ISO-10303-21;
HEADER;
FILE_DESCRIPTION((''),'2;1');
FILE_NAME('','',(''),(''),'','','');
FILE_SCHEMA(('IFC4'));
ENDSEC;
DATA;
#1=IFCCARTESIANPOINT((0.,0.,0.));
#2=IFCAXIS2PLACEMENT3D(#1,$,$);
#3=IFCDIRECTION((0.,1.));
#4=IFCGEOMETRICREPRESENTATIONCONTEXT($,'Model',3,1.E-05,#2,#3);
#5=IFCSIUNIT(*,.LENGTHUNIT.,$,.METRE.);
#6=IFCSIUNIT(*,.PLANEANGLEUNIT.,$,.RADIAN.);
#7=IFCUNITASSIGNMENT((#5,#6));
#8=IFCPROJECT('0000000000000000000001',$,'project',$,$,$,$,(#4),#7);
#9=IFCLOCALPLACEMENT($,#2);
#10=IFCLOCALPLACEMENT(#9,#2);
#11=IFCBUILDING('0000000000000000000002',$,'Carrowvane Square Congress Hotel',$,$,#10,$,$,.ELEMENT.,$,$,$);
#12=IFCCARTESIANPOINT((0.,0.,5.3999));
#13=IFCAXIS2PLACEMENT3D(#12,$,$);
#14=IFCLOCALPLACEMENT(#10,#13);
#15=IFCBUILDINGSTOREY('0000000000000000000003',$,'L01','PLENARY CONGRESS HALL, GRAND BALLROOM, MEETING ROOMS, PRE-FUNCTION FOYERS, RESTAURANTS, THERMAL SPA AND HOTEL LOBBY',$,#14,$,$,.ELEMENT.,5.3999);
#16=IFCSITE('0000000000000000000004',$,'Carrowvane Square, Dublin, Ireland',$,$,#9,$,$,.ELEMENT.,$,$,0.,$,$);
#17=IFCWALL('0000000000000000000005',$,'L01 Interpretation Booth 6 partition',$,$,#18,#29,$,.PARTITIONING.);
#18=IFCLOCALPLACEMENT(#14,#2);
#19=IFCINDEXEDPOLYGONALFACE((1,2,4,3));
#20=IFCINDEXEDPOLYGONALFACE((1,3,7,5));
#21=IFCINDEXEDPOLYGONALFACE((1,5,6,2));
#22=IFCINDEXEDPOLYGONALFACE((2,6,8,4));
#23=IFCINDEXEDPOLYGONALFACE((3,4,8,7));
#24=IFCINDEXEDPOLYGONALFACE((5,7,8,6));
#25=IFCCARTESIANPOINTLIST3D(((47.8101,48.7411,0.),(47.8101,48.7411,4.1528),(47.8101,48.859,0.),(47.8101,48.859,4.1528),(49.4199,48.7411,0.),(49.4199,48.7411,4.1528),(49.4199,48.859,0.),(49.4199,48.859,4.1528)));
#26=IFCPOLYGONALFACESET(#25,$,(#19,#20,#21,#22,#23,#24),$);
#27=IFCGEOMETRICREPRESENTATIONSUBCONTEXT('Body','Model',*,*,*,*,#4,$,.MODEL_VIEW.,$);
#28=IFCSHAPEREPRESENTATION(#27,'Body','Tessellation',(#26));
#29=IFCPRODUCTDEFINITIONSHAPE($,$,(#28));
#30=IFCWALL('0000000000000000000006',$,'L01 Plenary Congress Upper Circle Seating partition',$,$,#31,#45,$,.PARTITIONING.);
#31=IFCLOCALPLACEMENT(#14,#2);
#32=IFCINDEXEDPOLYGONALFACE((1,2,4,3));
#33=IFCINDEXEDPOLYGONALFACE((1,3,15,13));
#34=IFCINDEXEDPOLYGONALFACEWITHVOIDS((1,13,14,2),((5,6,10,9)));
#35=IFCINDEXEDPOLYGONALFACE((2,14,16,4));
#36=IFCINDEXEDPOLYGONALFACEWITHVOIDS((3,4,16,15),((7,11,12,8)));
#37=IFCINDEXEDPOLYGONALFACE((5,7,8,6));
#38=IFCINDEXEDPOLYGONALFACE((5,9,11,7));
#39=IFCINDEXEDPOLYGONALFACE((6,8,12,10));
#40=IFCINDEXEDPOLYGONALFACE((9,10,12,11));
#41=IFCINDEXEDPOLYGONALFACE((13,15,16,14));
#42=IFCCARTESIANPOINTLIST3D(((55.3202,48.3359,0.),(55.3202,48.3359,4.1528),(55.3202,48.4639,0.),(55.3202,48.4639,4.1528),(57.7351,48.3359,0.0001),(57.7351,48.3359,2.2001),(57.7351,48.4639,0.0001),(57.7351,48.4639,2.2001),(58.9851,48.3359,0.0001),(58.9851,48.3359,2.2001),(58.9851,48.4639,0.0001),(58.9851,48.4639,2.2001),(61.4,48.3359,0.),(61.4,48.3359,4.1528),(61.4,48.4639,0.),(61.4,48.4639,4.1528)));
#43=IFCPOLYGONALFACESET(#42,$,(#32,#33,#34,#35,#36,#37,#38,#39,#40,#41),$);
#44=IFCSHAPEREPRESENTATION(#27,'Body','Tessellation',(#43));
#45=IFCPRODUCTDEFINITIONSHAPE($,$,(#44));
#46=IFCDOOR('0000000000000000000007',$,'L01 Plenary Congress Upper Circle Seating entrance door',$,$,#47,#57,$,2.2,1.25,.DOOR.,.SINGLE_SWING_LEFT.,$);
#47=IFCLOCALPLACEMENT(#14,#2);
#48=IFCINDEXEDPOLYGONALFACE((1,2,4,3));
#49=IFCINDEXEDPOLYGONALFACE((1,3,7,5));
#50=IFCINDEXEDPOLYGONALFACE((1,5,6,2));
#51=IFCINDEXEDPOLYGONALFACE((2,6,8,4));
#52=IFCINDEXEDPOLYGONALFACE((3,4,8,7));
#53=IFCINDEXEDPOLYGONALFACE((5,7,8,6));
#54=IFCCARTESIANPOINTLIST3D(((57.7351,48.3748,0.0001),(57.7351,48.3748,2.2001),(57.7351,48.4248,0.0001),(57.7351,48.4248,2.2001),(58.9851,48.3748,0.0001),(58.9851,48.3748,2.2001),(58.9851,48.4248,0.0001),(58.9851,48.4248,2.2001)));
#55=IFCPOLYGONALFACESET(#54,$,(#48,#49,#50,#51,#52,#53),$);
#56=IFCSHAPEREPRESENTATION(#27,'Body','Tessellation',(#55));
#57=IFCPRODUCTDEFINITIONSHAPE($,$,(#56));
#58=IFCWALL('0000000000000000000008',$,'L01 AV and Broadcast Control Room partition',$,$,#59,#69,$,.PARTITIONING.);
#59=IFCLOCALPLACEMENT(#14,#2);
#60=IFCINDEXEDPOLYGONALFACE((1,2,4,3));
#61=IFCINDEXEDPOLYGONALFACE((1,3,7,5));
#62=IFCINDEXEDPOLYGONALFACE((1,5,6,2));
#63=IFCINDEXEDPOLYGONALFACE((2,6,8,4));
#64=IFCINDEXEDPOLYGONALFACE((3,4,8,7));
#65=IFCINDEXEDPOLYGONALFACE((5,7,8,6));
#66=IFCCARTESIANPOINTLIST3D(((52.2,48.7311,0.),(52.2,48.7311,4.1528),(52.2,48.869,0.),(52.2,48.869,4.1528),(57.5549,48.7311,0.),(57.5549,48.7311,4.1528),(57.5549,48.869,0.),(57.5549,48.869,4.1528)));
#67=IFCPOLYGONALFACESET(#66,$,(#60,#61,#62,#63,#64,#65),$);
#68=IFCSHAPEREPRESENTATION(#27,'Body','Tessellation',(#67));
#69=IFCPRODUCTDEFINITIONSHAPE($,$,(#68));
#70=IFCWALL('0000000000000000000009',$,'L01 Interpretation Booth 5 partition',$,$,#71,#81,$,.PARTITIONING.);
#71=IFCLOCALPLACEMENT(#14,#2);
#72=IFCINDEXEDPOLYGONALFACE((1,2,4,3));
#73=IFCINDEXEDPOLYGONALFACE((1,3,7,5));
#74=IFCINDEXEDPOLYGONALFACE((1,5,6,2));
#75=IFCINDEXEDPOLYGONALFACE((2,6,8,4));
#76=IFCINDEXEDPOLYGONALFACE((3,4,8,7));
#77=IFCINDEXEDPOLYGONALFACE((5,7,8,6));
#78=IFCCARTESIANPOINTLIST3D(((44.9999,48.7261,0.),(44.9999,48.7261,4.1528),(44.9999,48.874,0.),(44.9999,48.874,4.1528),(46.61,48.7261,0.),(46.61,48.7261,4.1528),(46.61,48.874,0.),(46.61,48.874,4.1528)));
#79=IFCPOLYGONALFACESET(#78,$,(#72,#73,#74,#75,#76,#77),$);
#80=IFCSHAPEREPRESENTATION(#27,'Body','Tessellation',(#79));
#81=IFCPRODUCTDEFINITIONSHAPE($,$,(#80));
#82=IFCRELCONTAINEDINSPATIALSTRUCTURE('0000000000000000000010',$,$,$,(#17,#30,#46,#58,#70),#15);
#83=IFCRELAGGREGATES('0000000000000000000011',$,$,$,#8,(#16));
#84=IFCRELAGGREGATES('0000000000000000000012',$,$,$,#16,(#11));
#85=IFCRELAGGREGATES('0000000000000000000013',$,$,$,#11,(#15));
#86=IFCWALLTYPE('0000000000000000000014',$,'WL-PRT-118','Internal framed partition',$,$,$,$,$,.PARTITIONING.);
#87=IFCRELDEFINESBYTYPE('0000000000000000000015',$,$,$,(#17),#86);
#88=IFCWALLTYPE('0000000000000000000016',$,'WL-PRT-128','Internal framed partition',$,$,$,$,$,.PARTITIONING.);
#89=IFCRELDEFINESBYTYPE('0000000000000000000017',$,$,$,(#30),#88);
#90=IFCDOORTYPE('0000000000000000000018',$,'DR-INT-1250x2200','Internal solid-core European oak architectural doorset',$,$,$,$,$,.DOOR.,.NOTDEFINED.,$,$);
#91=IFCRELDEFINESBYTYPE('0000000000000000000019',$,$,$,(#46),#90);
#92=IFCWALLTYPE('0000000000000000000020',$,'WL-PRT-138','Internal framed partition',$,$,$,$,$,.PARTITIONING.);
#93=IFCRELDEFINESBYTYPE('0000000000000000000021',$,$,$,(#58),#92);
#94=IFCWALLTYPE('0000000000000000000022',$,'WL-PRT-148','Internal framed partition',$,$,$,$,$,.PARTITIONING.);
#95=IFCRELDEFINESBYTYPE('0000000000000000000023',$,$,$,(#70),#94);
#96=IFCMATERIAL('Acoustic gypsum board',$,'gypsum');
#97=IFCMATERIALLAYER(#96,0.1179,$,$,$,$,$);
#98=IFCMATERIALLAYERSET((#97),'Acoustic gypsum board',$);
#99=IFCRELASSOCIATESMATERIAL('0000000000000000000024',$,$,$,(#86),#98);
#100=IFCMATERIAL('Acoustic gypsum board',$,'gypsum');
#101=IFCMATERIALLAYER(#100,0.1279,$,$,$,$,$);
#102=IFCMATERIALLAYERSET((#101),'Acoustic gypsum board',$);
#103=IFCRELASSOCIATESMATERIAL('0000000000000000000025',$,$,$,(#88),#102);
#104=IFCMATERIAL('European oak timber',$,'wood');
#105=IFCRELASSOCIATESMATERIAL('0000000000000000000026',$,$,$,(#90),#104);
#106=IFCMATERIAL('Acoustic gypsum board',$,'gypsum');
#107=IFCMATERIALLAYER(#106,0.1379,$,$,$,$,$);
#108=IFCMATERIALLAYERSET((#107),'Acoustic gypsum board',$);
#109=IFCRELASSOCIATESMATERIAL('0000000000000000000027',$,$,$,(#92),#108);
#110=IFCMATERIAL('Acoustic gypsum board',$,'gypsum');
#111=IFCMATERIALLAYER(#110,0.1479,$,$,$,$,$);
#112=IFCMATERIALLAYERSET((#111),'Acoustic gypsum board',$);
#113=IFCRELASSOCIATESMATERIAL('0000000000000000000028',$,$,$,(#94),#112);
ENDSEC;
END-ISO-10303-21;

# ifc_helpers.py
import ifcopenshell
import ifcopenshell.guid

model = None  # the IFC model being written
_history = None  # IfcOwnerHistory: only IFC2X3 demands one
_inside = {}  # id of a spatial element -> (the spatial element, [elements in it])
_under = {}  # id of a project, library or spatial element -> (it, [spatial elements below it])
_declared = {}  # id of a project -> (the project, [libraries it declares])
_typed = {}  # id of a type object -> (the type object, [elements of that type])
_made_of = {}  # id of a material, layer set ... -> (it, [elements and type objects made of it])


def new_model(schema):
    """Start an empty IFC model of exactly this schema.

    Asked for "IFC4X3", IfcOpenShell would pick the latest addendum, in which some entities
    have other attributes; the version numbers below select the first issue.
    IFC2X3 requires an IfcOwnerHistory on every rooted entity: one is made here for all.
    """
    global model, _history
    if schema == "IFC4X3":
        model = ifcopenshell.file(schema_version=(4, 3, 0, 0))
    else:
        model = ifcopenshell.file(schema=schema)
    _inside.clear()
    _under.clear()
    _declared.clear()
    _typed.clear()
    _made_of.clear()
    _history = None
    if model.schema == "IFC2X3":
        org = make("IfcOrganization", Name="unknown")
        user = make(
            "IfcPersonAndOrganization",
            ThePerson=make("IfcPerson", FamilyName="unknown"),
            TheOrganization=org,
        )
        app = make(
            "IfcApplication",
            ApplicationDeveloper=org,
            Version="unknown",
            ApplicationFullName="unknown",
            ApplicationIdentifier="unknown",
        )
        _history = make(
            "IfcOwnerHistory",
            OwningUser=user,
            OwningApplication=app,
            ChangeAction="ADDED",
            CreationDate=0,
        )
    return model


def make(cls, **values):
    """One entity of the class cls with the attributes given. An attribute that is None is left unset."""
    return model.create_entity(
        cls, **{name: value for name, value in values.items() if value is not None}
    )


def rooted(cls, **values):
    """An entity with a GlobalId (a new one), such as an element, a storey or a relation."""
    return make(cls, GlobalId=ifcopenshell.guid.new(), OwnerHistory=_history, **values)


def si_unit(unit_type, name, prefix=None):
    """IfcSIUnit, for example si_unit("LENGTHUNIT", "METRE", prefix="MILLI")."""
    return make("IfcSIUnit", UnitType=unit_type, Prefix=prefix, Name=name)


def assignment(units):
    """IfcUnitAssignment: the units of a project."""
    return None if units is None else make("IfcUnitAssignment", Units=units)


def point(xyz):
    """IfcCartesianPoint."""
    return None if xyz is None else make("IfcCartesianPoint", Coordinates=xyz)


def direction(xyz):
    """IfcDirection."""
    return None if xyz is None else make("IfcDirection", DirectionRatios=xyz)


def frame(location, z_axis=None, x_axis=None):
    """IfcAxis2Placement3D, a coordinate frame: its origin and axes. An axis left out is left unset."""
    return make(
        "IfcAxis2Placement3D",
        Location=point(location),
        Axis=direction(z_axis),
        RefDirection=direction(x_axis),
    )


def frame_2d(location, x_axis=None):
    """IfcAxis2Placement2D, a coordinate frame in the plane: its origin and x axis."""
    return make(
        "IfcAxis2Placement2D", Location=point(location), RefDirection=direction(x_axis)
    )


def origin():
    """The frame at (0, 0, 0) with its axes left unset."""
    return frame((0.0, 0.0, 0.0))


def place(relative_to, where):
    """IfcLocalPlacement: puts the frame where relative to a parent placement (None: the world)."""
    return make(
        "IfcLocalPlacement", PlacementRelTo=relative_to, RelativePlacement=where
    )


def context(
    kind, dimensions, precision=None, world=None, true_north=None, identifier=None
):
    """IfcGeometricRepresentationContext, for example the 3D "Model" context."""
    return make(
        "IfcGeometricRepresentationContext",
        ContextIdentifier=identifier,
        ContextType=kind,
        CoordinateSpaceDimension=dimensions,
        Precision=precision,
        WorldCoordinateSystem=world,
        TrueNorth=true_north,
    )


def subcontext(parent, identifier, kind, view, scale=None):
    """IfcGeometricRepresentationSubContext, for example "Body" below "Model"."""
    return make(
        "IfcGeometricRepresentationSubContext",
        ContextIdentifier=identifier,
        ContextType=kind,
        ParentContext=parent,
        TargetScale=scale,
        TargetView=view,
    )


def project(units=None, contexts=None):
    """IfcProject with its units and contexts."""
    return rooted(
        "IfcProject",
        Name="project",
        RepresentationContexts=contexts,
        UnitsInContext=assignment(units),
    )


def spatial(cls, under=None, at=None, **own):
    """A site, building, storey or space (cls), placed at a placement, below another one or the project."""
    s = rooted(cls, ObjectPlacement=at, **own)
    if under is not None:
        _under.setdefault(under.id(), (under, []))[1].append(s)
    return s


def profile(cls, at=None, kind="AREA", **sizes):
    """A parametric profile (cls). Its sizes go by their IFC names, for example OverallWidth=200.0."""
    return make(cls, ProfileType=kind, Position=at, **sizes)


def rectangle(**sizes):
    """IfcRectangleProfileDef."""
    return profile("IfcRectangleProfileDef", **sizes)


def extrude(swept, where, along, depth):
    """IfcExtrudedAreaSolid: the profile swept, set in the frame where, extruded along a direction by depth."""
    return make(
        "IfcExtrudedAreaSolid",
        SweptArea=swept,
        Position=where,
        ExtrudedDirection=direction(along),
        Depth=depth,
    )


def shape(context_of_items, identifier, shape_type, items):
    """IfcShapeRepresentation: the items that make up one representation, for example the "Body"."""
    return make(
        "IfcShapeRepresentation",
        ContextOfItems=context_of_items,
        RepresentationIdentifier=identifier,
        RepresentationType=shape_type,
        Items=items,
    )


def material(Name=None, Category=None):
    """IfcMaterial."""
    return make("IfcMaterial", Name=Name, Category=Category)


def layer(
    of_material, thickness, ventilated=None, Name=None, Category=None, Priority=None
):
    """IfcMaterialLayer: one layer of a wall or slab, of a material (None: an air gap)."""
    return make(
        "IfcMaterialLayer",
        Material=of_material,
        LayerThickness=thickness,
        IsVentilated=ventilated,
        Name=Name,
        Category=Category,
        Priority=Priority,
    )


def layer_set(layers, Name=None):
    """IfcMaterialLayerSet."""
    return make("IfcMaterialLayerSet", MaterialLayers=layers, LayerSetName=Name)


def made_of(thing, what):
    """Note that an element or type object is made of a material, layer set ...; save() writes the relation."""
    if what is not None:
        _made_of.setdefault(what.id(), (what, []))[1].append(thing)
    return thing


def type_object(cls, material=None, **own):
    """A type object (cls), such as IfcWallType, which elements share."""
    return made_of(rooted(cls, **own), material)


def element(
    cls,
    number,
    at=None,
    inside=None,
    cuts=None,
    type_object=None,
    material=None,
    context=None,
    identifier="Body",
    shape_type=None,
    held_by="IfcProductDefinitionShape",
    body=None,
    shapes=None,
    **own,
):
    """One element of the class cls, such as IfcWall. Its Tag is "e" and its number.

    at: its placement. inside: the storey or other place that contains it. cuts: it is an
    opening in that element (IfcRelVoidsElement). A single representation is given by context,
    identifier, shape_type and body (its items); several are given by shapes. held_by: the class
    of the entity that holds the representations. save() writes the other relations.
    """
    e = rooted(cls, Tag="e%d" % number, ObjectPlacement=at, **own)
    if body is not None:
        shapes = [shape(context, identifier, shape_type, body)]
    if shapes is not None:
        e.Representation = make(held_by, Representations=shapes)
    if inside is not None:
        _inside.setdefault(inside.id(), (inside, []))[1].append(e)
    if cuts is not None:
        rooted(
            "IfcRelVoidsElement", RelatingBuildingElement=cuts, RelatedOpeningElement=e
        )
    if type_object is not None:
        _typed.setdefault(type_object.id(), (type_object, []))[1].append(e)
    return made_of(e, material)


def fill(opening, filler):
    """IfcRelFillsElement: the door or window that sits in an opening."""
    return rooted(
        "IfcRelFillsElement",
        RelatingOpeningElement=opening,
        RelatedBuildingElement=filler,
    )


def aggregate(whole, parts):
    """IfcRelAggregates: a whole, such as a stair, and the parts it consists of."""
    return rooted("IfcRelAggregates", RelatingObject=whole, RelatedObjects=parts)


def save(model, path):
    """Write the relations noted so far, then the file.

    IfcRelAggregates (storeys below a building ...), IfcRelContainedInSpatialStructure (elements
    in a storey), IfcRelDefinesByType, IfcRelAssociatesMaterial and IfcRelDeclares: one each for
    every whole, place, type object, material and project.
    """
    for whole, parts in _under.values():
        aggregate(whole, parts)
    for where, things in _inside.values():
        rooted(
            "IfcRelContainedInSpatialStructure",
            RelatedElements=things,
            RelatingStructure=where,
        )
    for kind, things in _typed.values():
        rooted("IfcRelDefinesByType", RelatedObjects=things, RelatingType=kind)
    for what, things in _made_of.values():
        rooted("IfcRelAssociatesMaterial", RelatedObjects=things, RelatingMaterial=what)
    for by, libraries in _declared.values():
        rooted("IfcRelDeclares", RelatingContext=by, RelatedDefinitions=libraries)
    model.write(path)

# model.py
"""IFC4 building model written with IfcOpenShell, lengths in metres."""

from ifc_helpers import new_model, si_unit, direction, frame, frame_2d, origin, place, context, subcontext, project, spatial, rectangle, extrude, material, layer, layer_set, type_object, element, fill, save


model = new_model("IFC4")

# Units and contexts
model_context = context("Model", 3, precision=1e-05, world=origin(), true_north=direction((0.0, 1.0)))
body_context = subcontext(model_context, "Body", "Model", "MODEL_VIEW")
ifc_project = project(units=[si_unit("LENGTHUNIT", "METRE"), si_unit("PLANEANGLEUNIT", "RADIAN")], contexts=[model_context])

# Site, building, storey
site_placement = place(None, origin())
site = spatial("IfcSite", under=ifc_project, at=site_placement, Name="Carrowvane Square, Dublin, Ireland", CompositionType="ELEMENT", RefElevation=0.0)
building_placement = place(site_placement, origin())
building = spatial("IfcBuilding", under=site, at=building_placement, Name="Carrowvane Square Congress Hotel", CompositionType="ELEMENT")
storey_placement = place(building_placement, frame((0.0, 0.0, 5.3999)))
storey = spatial("IfcBuildingStorey", under=building, at=storey_placement, Name="L01", Description="PLENARY CONGRESS HALL, GRAND BALLROOM, MEETING ROOMS, PRE-FUNCTION FOYERS, RESTAURANTS, THERMAL SPA AND HOTEL LOBBY", CompositionType="ELEMENT", Elevation=5.3999)

# Wall
ifc_material_1 = material(Name="Acoustic gypsum board", Category="gypsum")
ifc_layer_1 = layer(ifc_material_1, 0.1179)
ifc_layer_set_1 = layer_set([ifc_layer_1], Name="Acoustic gypsum board")
wall_type_1 = type_object("IfcWallType", Name="WL-PRT-118", Description="Internal framed partition", PredefinedType="PARTITIONING", material=ifc_layer_set_1)
wall_1_placement = place(storey_placement, frame((49.4199, 48.8, 0.0), z_axis=(0.0, 0.0, 1.0), x_axis=(-1.0, 0.0, 0.0)))
element("IfcWall", 1, at=wall_1_placement, inside=storey, type_object=wall_type_1, Name="L01 Interpretation Booth 6 partition", PredefinedType="PARTITIONING", context=body_context, shape_type="SweptSolid", body=[
    extrude(rectangle(XDim=1.6099, YDim=0.1179, at=frame_2d((0.8049, 0.0))), origin(), (0.0, 0.0, 1.0), 4.1528),
])

# Wall, opening, door
ifc_material_2 = material(Name="Acoustic gypsum board", Category="gypsum")
ifc_layer_2 = layer(ifc_material_2, 0.1279)
ifc_layer_set_2 = layer_set([ifc_layer_2], Name="Acoustic gypsum board")
wall_type_2 = type_object("IfcWallType", Name="WL-PRT-128", Description="Internal framed partition", PredefinedType="PARTITIONING", material=ifc_layer_set_2)
wall_2_placement = place(storey_placement, frame((55.3201, 48.3999, 0.0), z_axis=(0.0, 0.0, 1.0), x_axis=(1.0, 0.0, 0.0)))
wall_2 = element("IfcWall", 2, at=wall_2_placement, inside=storey, type_object=wall_type_2, Name="L01 Plenary Congress Upper Circle Seating partition", PredefinedType="PARTITIONING", context=body_context, shape_type="SweptSolid", body=[
    extrude(rectangle(XDim=6.0798, YDim=0.1279, at=frame_2d((3.04, 0.0))), origin(), (0.0, 0.0, 1.0), 4.1528),
])
opening_placement = place(wall_2_placement, frame((2.415, 0.0, 0.0)))
opening = element("IfcOpeningElement", 3, at=opening_placement, cuts=wall_2, PredefinedType="OPENING", context=body_context, shape_type="SweptSolid", body=[
    extrude(rectangle(XDim=1.25, YDim=2.2, at=frame_2d((0.625, 1.1001))), frame((0.0, 0.074, 0.0), z_axis=(0.0, -1.0, 0.0), x_axis=(1.0, 0.0, 0.0)), (0.0, 0.0, 1.0), 0.1479),
])
ifc_material_3 = material(Name="European oak timber", Category="wood")
door_type = type_object("IfcDoorType", Name="DR-INT-1250x2200", Description="Internal solid-core European oak architectural doorset", OperationType="NOTDEFINED", PredefinedType="DOOR", material=ifc_material_3)
door_placement = place(opening_placement, origin())
door = element("IfcDoor", 4, at=door_placement, inside=storey, type_object=door_type, Name="L01 Plenary Congress Upper Circle Seating entrance door", OperationType="SINGLE_SWING_LEFT", OverallHeight=2.2, OverallWidth=1.25, PredefinedType="DOOR", context=body_context, shape_type="SweptSolid", body=[
    extrude(rectangle(XDim=1.25, YDim=2.2, at=frame_2d((0.625, 1.1001))), frame((0.0, 0.0249, 0.0), z_axis=(0.0, -1.0, 0.0), x_axis=(1.0, 0.0, 0.0)), (0.0, 0.0, 1.0), 0.05),
])
fill(opening, door)

# Walls
ifc_material_4 = material(Name="Acoustic gypsum board", Category="gypsum")
ifc_layer_3 = layer(ifc_material_4, 0.1379)
ifc_layer_set_3 = layer_set([ifc_layer_3], Name="Acoustic gypsum board")
wall_type_3 = type_object("IfcWallType", Name="WL-PRT-138", Description="Internal framed partition", PredefinedType="PARTITIONING", material=ifc_layer_set_3)
wall_3_placement = place(storey_placement, frame((57.5549, 48.8, 0.0), z_axis=(0.0, 0.0, 1.0), x_axis=(-1.0, 0.0, 0.0)))
element("IfcWall", 5, at=wall_3_placement, inside=storey, type_object=wall_type_3, Name="L01 AV and Broadcast Control Room partition", PredefinedType="PARTITIONING", context=body_context, shape_type="SweptSolid", body=[
    extrude(rectangle(XDim=5.355, YDim=0.1379, at=frame_2d((2.6775, 0.0))), origin(), (0.0, 0.0, 1.0), 4.1528),
])
ifc_material_5 = material(Name="Acoustic gypsum board", Category="gypsum")
ifc_layer_4 = layer(ifc_material_5, 0.1479)
ifc_layer_set_4 = layer_set([ifc_layer_4], Name="Acoustic gypsum board")
wall_type_4 = type_object("IfcWallType", Name="WL-PRT-148", Description="Internal framed partition", PredefinedType="PARTITIONING", material=ifc_layer_set_4)
wall_4_placement = place(storey_placement, frame((46.6101, 48.8, 0.0), z_axis=(0.0, 0.0, 1.0), x_axis=(-1.0, 0.0, 0.0)))
element("IfcWall", 6, at=wall_4_placement, inside=storey, type_object=wall_type_4, Name="L01 Interpretation Booth 5 partition", PredefinedType="PARTITIONING", context=body_context, shape_type="SweptSolid", body=[
    extrude(rectangle(XDim=1.6101, YDim=0.1479, at=frame_2d((0.8052, 0.0))), origin(), (0.0, 0.0, 1.0), 4.1528),
])

save(model, "model.ifc")
